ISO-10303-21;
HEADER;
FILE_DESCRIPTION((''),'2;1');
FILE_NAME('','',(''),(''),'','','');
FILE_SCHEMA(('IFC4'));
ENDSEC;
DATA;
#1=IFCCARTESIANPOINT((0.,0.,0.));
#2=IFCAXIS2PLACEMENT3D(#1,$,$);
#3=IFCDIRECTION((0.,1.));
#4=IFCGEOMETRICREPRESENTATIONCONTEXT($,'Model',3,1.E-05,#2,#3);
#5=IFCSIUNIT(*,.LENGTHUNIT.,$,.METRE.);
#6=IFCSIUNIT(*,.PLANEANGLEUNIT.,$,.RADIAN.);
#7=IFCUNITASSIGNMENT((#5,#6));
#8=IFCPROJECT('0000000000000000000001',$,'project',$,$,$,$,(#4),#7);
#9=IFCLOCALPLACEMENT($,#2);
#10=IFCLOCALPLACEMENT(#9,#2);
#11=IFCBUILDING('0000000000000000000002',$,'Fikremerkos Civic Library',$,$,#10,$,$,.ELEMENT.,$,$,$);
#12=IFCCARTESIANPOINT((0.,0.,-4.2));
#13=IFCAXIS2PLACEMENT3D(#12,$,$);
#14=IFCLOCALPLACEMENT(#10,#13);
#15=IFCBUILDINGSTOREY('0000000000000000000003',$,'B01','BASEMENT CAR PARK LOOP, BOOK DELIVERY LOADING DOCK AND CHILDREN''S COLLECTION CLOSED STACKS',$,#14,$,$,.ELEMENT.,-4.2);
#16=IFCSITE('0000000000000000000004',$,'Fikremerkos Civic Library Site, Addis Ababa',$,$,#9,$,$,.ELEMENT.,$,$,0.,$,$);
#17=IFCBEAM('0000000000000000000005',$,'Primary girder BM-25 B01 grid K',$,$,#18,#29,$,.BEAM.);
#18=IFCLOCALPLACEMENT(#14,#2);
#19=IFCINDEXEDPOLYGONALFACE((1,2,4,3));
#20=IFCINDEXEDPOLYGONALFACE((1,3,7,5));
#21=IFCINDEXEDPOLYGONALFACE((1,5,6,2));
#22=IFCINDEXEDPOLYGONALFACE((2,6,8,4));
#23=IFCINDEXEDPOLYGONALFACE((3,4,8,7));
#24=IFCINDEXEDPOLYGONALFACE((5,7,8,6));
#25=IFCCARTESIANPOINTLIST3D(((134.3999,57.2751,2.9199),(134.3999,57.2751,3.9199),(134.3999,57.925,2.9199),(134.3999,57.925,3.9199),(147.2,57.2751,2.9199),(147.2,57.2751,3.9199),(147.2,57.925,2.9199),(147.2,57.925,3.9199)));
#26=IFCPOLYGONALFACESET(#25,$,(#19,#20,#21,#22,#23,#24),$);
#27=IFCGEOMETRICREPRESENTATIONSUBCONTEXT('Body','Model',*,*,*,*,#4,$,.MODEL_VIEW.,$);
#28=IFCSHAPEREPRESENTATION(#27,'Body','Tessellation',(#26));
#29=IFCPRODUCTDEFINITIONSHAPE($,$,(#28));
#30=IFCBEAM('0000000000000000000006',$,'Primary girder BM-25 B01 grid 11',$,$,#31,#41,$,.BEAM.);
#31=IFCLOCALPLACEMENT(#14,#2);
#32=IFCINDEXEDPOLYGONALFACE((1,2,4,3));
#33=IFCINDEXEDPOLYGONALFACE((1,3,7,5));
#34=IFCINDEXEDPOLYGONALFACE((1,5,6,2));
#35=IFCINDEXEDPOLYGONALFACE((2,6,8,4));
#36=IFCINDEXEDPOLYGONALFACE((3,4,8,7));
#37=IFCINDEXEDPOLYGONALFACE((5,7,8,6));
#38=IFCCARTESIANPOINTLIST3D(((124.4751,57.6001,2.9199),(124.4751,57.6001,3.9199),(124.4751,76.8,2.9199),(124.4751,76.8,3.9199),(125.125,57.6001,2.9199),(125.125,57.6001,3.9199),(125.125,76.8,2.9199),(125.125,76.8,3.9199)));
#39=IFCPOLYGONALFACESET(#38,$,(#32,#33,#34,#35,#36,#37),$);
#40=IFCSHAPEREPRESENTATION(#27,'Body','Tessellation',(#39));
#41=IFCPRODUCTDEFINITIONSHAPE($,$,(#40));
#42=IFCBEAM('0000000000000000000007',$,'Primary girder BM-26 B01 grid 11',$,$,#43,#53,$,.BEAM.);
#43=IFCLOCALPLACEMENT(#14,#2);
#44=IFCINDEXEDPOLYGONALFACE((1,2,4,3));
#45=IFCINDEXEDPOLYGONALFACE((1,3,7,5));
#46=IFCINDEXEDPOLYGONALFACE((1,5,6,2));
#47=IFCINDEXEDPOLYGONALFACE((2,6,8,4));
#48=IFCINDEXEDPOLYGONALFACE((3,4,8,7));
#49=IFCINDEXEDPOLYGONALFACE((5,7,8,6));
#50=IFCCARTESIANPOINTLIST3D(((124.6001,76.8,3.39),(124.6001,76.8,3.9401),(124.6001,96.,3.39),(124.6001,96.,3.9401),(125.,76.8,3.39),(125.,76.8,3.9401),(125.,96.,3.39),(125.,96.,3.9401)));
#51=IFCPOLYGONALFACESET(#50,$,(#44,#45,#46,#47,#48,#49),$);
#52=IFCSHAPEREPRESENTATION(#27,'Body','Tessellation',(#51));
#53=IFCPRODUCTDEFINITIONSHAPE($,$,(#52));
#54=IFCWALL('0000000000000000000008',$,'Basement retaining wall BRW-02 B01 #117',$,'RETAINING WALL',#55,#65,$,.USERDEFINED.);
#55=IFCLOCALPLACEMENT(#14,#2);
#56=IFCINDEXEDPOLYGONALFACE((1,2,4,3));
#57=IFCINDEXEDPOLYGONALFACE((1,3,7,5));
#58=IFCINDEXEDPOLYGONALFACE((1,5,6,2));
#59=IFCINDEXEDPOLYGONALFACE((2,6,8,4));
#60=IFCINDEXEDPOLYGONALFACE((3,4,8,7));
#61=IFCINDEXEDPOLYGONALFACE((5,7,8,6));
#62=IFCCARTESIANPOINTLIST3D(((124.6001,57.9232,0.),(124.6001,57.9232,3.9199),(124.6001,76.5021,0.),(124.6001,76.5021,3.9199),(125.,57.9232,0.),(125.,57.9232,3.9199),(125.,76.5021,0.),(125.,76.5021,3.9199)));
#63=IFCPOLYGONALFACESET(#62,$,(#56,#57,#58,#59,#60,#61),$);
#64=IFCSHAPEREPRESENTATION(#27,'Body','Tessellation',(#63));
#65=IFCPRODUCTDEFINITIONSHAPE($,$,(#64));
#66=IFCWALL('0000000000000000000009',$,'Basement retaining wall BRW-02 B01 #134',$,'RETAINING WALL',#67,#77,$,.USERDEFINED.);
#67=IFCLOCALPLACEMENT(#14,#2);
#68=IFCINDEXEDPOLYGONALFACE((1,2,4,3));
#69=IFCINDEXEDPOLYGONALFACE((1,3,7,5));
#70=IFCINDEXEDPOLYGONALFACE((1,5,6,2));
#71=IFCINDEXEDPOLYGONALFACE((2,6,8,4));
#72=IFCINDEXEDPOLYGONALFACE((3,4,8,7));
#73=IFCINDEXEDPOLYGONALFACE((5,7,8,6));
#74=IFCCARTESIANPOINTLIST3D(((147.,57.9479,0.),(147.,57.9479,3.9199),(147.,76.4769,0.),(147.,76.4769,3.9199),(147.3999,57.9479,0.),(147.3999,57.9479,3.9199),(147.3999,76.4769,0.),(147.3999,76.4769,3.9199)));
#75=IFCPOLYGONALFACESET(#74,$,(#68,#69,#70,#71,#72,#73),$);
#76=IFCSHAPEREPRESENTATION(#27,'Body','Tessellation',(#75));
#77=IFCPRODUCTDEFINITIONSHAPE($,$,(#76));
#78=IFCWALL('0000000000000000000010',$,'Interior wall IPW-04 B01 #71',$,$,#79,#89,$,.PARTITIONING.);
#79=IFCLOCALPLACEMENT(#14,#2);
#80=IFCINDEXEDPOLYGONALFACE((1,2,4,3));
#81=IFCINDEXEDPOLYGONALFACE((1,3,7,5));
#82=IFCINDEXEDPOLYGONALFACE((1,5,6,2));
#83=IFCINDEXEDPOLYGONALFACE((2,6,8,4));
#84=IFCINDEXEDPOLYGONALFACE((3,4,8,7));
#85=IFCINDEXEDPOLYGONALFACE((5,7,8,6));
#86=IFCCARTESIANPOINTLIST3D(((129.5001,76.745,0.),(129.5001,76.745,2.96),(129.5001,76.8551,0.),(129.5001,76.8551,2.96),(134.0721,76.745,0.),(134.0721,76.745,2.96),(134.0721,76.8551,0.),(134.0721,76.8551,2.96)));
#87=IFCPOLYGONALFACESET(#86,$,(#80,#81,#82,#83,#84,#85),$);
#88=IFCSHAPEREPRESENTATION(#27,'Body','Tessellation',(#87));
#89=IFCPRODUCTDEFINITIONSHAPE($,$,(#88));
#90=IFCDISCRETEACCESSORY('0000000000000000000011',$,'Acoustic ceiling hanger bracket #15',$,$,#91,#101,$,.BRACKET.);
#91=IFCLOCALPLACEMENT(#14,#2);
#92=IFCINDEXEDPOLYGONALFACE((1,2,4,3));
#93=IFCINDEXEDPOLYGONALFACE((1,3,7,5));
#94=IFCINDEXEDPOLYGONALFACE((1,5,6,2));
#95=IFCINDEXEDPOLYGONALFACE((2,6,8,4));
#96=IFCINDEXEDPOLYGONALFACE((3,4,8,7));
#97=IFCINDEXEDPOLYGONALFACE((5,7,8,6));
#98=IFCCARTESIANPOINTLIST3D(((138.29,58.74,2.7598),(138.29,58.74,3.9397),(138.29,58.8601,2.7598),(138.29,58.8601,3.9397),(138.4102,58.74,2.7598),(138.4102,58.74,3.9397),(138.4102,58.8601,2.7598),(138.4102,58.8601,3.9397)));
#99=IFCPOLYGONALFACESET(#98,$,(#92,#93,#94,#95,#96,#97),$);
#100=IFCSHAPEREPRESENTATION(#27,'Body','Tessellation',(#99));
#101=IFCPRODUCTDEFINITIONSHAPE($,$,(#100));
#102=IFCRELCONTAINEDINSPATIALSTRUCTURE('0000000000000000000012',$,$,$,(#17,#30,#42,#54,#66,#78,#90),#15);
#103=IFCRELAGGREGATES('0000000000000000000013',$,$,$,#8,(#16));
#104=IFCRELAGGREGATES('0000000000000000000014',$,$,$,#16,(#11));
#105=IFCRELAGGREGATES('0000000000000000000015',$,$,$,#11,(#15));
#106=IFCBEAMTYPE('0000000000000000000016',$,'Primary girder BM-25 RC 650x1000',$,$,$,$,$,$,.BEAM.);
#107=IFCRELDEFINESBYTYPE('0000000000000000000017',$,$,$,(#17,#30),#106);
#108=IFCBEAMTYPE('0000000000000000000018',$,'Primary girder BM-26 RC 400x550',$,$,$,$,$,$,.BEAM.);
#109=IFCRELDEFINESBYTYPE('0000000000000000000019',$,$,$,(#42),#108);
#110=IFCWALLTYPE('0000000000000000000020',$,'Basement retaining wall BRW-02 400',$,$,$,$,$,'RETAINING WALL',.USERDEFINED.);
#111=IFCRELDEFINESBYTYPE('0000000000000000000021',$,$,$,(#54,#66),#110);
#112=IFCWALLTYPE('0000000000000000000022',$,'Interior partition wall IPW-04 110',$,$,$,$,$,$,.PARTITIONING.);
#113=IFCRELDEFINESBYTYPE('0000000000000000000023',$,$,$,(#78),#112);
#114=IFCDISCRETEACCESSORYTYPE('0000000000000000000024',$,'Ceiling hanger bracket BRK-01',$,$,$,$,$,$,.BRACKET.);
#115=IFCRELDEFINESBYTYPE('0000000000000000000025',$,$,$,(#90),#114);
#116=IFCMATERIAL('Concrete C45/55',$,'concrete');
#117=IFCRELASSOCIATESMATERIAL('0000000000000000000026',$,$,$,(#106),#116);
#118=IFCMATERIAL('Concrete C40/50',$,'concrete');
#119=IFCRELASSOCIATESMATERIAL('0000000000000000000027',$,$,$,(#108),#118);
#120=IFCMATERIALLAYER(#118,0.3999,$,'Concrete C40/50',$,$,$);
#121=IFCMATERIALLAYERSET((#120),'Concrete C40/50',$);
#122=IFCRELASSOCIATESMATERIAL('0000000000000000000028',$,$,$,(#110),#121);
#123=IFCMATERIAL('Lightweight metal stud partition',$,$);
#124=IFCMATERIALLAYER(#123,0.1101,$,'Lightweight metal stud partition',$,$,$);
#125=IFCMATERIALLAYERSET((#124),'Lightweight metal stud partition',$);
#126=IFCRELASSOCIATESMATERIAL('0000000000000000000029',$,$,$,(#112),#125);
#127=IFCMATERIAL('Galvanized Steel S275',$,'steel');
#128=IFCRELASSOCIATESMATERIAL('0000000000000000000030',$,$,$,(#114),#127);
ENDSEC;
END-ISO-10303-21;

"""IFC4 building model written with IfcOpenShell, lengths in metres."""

from ifc_helpers import new_model, si_unit, direction, frame, frame_2d, origin, origin_2d, place, context, subcontext, project, spatial, rectangle, extrude, material, layer, layer_set, material_profile, profile_set, type_object, element, save


model = new_model("IFC4")

# Units and contexts
model_context = context("Model", 3, precision=1e-05, world=origin(), true_north=direction((0.0, 1.0)))
body_context = subcontext(model_context, "Body", "Model", "MODEL_VIEW")
ifc_project = project(units=[si_unit("LENGTHUNIT", "METRE"), si_unit("PLANEANGLEUNIT", "RADIAN")], contexts=[model_context])

# Site, building, storey
site_placement = place(None, origin())
site = spatial("IfcSite", under=ifc_project, at=site_placement, Name="Fikremerkos Civic Library Site, Addis Ababa", CompositionType="ELEMENT", RefElevation=0.0)
building_placement = place(site_placement, origin())
building = spatial("IfcBuilding", under=site, at=building_placement, Name="Fikremerkos Civic Library", CompositionType="ELEMENT")
storey_placement = place(building_placement, frame((0.0, 0.0, -4.2)))
storey = spatial("IfcBuildingStorey", under=building, at=storey_placement, Name="B01", Description="BASEMENT CAR PARK LOOP, BOOK DELIVERY LOADING DOCK AND CHILDREN'S COLLECTION CLOSED STACKS", CompositionType="ELEMENT", Elevation=-4.2)

# Shared definitions
ifc_material_1 = material(Name="Concrete C40/50", Category="concrete")

# Beams
ifc_material_2 = material(Name="Concrete C45/55", Category="concrete")
ifc_material_profile_1 = material_profile(ifc_material_2, rectangle(XDim=0.6499, YDim=1.0, at=origin_2d()), Name="RC 650x1000")
ifc_profile_set_1 = profile_set([ifc_material_profile_1], Name="Concrete C45/55")
beam_type_1 = type_object("IfcBeamType", Name="Primary girder BM-25 RC 650x1000", PredefinedType="BEAM", material=ifc_profile_set_1)
beam_1_placement = place(storey_placement, frame((134.3999, 57.6001, 3.4199), z_axis=(1.0, 0.0, 0.0), x_axis=(0.0, 1.0, 0.0)))
element("IfcBeam", 1, at=beam_1_placement, inside=storey, type_object=beam_type_1, Name="Primary girder BM-25 B01 grid K", PredefinedType="BEAM", context=body_context, shape_type="SweptSolid", body=[
    extrude(rectangle(XDim=0.6499, YDim=1.0, at=origin_2d()), origin(), (0.0, 0.0, 1.0), 12.8),
])
beam_2_placement = place(storey_placement, frame((124.8, 57.6001, 3.4199), z_axis=(0.0, 1.0, 0.0), x_axis=(-1.0, 0.0, 0.0)))
element("IfcBeam", 2, at=beam_2_placement, inside=storey, type_object=beam_type_1, Name="Primary girder BM-25 B01 grid 11", PredefinedType="BEAM", context=body_context, shape_type="SweptSolid", body=[
    extrude(rectangle(XDim=0.6499, YDim=1.0, at=origin_2d()), origin(), (0.0, 0.0, 1.0), 19.2),
])
ifc_material_profile_2 = material_profile(ifc_material_1, rectangle(XDim=0.3999, YDim=0.55, at=origin_2d()), Name="RC 400x550")
ifc_profile_set_2 = profile_set([ifc_material_profile_2], Name="Concrete C40/50")
beam_type_2 = type_object("IfcBeamType", Name="Primary girder BM-26 RC 400x550", PredefinedType="BEAM", material=ifc_profile_set_2)
beam_3_placement = place(storey_placement, frame((124.8, 76.8, 3.665), z_axis=(0.0, 1.0, 0.0), x_axis=(-1.0, 0.0, 0.0)))
element("IfcBeam", 3, at=beam_3_placement, inside=storey, type_object=beam_type_2, Name="Primary girder BM-26 B01 grid 11", PredefinedType="BEAM", context=body_context, shape_type="SweptSolid", body=[
    extrude(rectangle(XDim=0.3999, YDim=0.55, at=origin_2d()), origin(), (0.0, 0.0, 1.0), 19.2),
])

# Walls
ifc_layer_1 = layer(ifc_material_1, 0.3999, Name="Concrete C40/50")
ifc_layer_set_1 = layer_set([ifc_layer_1], Name="Concrete C40/50")
wall_type_1 = type_object("IfcWallType", Name="Basement retaining wall BRW-02 400", ElementType="RETAINING WALL", PredefinedType="USERDEFINED", material=ifc_layer_set_1)
wall_1_placement = place(storey_placement, frame((124.8, 57.9231, 0.0), z_axis=(0.0, 0.0, 1.0), x_axis=(0.0, 1.0, 0.0)))
element("IfcWall", 4, at=wall_1_placement, inside=storey, type_object=wall_type_1, Name="Basement retaining wall BRW-02 B01 #117", ObjectType="RETAINING WALL", PredefinedType="USERDEFINED", context=body_context, shape_type="SweptSolid", body=[
    extrude(rectangle(XDim=18.5789, YDim=0.3999, at=frame_2d((9.2896, 0.0))), origin(), (0.0, 0.0, 1.0), 3.9199),
])
wall_2_placement = place(storey_placement, frame((147.2, 76.4771, 0.0), z_axis=(0.0, 0.0, 1.0), x_axis=(0.0, -1.0, 0.0)))
element("IfcWall", 5, at=wall_2_placement, inside=storey, type_object=wall_type_1, Name="Basement retaining wall BRW-02 B01 #134", ObjectType="RETAINING WALL", PredefinedType="USERDEFINED", context=body_context, shape_type="SweptSolid", body=[
    extrude(rectangle(XDim=18.5291, YDim=0.3999, at=frame_2d((9.2646, 0.0))), origin(), (0.0, 0.0, 1.0), 3.9199),
])
ifc_material_3 = material(Name="Lightweight metal stud partition")
ifc_layer_2 = layer(ifc_material_3, 0.1101, Name="Lightweight metal stud partition")
ifc_layer_set_2 = layer_set([ifc_layer_2], Name="Lightweight metal stud partition")
wall_type_2 = type_object("IfcWallType", Name="Interior partition wall IPW-04 110", PredefinedType="PARTITIONING", material=ifc_layer_set_2)
wall_3_placement = place(storey_placement, frame((129.5, 76.8, 0.0), z_axis=(0.0, 0.0, 1.0), x_axis=(1.0, 0.0, 0.0)))
element("IfcWall", 6, at=wall_3_placement, inside=storey, type_object=wall_type_2, Name="Interior wall IPW-04 B01 #71", PredefinedType="PARTITIONING", context=body_context, shape_type="SweptSolid", body=[
    extrude(rectangle(XDim=4.572, YDim=0.1101, at=frame_2d((2.2861, 0.0))), origin(), (0.0, 0.0, 1.0), 2.96),
])

# Discrete accessory
ifc_material_4 = material(Name="Galvanized Steel S275", Category="steel")
discrete_accessory_type = type_object("IfcDiscreteAccessoryType", Name="Ceiling hanger bracket BRK-01", PredefinedType="BRACKET", material=ifc_material_4)
discrete_accessory_placement = place(storey_placement, frame((138.3501, 58.8, 2.7598), z_axis=(0.0, 0.0, 1.0), x_axis=(1.0, 0.0, 0.0)))
element("IfcDiscreteAccessory", 7, at=discrete_accessory_placement, inside=storey, type_object=discrete_accessory_type, Name="Acoustic ceiling hanger bracket #15", PredefinedType="BRACKET", context=body_context, shape_type="SweptSolid", body=[
    extrude(rectangle(XDim=0.1201, YDim=0.1201, at=origin_2d()), origin(), (0.0, 0.0, 1.0), 1.1799),
])

save(model, "model.ifc")
